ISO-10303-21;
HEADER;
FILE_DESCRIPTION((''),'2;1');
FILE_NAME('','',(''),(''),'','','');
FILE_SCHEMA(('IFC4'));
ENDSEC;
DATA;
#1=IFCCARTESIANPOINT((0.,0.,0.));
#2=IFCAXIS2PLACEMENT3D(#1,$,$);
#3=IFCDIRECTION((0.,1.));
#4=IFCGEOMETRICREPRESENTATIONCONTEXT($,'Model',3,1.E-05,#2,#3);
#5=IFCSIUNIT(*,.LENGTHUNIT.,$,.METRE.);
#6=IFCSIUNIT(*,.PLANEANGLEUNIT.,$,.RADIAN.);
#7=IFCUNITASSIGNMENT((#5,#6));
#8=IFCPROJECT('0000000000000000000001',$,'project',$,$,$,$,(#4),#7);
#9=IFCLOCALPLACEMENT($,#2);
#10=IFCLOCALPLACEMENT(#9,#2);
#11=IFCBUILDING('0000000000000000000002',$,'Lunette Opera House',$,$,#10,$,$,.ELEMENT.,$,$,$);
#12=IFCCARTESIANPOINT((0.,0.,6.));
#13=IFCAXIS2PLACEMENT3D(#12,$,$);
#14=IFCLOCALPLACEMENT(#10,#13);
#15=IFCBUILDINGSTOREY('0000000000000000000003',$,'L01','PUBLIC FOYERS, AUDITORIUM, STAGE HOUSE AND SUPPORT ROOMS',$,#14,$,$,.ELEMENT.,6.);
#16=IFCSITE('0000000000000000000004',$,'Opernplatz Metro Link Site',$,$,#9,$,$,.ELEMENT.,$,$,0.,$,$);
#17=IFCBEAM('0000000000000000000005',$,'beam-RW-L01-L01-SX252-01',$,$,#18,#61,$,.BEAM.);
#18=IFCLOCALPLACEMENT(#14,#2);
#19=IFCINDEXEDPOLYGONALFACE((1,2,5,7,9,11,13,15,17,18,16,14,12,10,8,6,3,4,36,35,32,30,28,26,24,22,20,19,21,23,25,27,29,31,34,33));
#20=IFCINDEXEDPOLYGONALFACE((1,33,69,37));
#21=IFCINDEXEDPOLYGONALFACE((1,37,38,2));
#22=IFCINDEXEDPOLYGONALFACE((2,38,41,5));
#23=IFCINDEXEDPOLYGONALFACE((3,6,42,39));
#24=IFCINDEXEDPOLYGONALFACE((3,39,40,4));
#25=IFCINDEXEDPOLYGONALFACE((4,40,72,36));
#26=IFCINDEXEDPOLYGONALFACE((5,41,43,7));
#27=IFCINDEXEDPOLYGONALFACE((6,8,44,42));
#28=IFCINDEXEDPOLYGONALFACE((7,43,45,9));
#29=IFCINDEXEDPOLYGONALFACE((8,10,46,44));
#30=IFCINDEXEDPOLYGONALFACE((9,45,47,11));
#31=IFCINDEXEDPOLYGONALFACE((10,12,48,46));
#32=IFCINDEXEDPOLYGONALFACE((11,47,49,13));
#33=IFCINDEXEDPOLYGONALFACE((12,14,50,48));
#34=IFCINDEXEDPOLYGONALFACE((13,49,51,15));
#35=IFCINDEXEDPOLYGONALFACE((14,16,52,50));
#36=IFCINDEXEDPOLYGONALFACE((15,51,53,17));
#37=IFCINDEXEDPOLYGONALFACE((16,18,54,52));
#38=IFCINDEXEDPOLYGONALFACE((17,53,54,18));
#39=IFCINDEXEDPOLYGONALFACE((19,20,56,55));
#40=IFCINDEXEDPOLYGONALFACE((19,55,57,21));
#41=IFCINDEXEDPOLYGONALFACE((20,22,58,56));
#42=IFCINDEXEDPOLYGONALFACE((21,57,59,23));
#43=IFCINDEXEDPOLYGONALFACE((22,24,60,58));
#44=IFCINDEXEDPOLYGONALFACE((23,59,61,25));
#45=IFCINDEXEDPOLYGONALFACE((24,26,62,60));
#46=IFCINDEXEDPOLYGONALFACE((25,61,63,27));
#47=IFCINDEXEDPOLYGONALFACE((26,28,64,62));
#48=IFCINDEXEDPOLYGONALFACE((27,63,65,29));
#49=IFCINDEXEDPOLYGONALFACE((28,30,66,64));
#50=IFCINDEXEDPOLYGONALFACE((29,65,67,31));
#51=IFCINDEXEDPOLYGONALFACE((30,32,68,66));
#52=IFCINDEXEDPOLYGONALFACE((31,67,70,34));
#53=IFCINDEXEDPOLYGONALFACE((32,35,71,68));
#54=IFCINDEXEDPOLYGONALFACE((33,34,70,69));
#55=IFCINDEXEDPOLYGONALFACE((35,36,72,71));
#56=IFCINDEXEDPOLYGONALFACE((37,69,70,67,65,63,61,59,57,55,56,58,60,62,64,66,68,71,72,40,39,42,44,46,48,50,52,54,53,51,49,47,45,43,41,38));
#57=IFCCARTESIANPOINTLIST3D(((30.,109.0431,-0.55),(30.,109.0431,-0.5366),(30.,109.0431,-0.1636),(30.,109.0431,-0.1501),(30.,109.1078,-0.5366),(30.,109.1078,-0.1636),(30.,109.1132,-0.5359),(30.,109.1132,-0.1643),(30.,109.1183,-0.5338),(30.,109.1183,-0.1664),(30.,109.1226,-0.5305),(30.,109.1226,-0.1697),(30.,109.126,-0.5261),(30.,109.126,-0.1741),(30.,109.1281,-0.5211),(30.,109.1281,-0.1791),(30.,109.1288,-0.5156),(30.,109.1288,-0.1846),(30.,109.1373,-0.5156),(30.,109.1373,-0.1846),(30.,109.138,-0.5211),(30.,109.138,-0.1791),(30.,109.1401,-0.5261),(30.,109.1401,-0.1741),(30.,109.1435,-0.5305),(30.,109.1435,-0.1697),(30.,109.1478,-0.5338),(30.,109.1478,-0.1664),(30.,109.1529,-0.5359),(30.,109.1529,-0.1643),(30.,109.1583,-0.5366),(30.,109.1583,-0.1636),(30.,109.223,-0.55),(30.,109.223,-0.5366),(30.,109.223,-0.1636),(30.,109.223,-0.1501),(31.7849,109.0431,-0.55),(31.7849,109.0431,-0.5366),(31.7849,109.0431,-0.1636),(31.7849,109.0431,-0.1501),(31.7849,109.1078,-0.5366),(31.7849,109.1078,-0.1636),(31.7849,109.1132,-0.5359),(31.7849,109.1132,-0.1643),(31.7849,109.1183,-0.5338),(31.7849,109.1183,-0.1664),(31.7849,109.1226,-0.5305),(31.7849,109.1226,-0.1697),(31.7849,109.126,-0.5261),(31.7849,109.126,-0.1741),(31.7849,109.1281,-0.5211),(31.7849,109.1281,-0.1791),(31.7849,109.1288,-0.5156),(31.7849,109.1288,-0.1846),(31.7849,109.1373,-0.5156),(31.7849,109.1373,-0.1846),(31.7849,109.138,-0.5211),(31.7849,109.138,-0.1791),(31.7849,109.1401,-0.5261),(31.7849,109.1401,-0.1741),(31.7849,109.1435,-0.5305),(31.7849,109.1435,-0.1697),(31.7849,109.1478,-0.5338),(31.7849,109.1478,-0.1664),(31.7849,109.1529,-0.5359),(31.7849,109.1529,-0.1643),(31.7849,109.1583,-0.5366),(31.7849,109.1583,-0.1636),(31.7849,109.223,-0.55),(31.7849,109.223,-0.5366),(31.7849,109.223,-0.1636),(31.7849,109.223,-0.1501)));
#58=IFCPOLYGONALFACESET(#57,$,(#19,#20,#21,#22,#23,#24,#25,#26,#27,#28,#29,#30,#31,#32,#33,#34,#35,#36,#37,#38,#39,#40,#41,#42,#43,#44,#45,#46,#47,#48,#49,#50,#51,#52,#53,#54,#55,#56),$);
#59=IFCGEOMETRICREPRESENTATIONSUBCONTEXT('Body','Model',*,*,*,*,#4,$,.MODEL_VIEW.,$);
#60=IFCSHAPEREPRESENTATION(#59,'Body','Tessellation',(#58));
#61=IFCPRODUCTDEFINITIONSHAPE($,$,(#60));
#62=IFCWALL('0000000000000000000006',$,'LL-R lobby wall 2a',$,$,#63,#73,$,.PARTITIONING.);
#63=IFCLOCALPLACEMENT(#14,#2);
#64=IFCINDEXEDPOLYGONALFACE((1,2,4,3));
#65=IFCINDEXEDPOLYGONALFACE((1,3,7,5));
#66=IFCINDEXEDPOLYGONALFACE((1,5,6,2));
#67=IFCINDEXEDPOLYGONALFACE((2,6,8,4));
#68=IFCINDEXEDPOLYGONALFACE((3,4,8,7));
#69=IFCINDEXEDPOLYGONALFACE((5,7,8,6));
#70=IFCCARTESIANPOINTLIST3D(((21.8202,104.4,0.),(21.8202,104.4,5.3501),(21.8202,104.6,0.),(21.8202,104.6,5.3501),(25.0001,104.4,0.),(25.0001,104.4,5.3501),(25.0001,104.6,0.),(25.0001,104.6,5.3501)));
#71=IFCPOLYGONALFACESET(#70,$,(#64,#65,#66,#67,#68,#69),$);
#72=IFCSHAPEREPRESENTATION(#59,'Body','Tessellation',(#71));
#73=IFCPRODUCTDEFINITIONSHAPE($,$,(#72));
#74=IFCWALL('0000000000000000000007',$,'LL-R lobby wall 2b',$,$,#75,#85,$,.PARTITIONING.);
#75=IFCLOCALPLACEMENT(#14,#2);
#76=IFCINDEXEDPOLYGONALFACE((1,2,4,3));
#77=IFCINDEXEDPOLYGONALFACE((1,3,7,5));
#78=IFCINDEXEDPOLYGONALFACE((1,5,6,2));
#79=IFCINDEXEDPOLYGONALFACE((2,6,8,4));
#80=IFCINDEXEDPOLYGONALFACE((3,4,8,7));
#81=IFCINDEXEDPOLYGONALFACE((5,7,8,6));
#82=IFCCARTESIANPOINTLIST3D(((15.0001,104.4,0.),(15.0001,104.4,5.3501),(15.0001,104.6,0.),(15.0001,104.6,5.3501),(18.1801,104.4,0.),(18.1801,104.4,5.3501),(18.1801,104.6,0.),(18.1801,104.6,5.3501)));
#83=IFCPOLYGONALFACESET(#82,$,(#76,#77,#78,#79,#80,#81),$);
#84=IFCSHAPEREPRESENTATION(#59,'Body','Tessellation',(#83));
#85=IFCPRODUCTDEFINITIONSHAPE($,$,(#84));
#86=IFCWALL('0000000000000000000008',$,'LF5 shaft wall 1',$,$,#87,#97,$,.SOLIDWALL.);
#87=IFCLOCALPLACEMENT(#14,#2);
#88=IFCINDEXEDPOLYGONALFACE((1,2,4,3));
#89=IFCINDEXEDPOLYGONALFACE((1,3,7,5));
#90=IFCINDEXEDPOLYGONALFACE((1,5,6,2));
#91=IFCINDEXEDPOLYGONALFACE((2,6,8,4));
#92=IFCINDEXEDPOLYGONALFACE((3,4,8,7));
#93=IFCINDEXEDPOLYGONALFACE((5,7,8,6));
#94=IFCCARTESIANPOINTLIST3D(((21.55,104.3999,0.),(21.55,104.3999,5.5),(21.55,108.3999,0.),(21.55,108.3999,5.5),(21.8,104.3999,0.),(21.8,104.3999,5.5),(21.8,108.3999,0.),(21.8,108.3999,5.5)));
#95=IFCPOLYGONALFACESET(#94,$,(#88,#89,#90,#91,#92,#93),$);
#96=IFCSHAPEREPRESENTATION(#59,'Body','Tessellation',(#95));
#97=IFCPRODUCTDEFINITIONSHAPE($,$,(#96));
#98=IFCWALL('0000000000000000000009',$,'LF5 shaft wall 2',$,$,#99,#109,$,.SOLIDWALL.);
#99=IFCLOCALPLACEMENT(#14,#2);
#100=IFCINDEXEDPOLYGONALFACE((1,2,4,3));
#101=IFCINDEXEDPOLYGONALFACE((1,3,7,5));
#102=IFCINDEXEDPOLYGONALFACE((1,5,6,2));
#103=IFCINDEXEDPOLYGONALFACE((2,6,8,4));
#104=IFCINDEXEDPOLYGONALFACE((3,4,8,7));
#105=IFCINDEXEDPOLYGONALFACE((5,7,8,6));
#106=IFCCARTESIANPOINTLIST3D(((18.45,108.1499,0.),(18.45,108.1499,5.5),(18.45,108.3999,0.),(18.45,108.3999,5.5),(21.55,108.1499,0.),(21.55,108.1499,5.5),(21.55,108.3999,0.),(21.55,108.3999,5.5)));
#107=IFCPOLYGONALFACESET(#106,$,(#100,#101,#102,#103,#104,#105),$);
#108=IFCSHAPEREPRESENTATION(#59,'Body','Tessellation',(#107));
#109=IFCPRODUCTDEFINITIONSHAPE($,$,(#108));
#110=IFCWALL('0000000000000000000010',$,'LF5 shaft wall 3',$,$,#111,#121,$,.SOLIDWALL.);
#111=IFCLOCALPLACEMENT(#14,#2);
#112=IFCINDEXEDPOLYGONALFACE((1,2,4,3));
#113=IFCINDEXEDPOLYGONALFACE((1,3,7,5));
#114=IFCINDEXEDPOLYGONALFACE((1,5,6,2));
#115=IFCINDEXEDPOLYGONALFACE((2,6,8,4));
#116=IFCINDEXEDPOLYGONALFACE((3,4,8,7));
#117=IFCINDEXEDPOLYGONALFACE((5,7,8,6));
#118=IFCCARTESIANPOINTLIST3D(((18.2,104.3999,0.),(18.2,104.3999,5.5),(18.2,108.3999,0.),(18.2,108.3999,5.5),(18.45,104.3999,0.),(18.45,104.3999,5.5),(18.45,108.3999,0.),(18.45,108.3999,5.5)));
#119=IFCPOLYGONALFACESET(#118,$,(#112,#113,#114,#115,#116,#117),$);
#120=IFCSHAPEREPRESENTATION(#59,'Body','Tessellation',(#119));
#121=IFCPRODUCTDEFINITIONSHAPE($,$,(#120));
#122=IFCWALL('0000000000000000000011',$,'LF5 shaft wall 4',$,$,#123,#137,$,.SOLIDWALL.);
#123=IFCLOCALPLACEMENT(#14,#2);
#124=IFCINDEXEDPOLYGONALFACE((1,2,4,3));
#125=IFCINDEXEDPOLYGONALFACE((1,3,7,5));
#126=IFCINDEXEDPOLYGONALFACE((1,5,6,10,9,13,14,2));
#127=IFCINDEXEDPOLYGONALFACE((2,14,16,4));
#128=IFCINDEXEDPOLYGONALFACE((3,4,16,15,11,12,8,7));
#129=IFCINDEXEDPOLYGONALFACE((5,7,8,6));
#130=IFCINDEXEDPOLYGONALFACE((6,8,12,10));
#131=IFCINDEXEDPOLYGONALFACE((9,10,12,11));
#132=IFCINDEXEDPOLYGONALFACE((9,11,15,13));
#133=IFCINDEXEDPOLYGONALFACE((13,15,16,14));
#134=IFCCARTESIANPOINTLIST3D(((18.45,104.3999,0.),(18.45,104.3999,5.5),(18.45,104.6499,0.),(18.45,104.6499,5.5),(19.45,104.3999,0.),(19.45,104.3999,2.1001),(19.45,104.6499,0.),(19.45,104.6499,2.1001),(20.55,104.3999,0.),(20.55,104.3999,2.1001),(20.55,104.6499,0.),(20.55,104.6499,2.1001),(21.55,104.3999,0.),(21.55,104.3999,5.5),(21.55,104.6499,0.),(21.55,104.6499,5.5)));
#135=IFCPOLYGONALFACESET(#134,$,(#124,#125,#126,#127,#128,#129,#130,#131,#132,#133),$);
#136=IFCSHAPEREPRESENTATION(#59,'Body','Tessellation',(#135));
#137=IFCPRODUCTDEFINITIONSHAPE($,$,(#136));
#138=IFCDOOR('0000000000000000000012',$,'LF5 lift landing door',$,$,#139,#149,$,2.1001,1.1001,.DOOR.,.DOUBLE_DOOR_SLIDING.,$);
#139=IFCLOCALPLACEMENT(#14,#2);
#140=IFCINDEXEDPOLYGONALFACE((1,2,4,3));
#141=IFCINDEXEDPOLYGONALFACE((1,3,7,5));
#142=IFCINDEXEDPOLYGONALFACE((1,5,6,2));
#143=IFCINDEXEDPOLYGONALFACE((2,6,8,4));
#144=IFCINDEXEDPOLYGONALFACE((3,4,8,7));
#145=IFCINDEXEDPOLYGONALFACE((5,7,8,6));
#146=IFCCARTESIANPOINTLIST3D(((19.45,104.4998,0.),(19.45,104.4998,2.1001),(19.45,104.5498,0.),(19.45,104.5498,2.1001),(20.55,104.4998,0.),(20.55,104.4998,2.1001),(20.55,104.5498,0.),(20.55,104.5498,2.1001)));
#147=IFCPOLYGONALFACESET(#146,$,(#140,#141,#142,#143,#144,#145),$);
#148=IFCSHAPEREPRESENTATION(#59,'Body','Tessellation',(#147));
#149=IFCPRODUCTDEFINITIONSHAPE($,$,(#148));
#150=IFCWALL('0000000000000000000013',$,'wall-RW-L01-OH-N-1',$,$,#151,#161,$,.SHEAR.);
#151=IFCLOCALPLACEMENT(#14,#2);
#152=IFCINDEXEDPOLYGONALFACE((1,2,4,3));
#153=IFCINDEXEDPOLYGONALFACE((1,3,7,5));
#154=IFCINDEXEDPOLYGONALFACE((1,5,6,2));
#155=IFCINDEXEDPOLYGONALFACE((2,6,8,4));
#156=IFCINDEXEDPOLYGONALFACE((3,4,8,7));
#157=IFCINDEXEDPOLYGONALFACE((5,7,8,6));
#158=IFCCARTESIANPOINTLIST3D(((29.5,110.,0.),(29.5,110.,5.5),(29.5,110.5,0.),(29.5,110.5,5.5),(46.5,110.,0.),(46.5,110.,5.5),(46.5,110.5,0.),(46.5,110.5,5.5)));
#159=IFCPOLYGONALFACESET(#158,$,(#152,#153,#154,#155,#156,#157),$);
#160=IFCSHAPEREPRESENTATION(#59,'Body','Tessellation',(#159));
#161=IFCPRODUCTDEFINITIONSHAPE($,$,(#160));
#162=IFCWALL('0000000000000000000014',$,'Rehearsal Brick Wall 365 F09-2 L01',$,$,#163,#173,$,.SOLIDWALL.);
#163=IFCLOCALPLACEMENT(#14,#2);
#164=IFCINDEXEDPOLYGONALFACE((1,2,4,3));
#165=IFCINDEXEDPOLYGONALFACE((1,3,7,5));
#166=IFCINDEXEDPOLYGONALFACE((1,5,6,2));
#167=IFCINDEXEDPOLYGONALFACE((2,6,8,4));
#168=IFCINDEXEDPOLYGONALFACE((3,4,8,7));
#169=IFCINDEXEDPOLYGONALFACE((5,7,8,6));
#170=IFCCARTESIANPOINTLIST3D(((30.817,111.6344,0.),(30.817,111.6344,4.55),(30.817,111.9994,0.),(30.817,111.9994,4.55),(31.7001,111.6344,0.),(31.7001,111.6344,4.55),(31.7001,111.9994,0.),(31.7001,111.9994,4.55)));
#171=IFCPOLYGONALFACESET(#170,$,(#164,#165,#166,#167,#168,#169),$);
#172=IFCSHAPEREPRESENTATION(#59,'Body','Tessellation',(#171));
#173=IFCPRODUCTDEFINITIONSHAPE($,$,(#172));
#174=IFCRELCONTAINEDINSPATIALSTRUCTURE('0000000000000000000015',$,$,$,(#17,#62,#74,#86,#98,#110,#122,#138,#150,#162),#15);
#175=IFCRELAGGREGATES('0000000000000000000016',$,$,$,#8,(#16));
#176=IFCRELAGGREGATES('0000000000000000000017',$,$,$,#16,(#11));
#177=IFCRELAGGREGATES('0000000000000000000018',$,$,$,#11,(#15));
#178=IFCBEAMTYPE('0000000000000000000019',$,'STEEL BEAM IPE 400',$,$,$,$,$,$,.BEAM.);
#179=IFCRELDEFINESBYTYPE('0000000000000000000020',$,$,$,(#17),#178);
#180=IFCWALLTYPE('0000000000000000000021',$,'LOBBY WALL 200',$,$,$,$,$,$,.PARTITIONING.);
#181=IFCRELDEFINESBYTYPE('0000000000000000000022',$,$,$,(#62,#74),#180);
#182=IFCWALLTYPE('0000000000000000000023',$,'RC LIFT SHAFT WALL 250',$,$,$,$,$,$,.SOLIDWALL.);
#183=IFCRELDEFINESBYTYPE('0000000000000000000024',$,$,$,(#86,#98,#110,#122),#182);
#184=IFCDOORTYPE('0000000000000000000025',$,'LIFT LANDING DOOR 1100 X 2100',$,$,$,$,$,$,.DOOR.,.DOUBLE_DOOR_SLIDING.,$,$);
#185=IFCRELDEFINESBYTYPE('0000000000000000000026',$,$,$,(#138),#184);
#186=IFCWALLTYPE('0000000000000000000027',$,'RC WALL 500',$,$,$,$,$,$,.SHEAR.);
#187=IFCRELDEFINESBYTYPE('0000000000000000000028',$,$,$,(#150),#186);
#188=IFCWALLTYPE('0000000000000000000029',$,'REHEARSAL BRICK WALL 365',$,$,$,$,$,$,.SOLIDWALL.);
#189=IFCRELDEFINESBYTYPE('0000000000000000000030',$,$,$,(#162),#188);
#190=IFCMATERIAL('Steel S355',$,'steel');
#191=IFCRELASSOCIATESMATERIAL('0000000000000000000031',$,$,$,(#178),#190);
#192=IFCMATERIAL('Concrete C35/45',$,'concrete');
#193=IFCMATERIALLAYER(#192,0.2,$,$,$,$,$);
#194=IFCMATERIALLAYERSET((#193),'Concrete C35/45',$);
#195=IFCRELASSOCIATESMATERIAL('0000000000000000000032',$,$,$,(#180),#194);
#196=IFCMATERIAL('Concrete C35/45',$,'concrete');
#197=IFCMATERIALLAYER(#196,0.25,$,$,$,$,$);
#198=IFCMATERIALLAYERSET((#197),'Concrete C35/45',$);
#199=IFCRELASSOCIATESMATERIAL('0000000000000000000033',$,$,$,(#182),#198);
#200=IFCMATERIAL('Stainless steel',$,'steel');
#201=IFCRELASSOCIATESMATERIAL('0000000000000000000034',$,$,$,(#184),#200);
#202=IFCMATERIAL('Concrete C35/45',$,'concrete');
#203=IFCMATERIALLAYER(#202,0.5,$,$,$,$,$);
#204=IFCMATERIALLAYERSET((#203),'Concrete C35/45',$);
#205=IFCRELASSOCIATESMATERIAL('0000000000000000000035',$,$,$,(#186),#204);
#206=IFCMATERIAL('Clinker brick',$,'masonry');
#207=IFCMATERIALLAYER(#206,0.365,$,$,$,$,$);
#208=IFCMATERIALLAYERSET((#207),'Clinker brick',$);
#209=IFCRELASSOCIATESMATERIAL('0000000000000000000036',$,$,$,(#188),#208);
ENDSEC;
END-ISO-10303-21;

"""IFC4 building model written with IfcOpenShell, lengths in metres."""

from ifc_helpers import new_model, si_unit, direction, frame, frame_2d, origin, origin_2d, place, context, subcontext, project, spatial, rectangle, i_section, extrude, material, layer, layer_set, material_profile, profile_set, type_object, element, fill, save


model = new_model("IFC4")

# Units and contexts
model_context = context("Model", 3, precision=1e-05, world=origin(), true_north=direction((0.0, 1.0)))
body_context = subcontext(model_context, "Body", "Model", "MODEL_VIEW")
ifc_project = project(units=[si_unit("LENGTHUNIT", "METRE"), si_unit("PLANEANGLEUNIT", "RADIAN")], contexts=[model_context])

# Site, building, storey
site_placement = place(None, origin())
site = spatial("IfcSite", under=ifc_project, at=site_placement, Name="Opernplatz Metro Link Site", CompositionType="ELEMENT", RefElevation=0.0)
building_placement = place(site_placement, origin())
building = spatial("IfcBuilding", under=site, at=building_placement, Name="Lunette Opera House", CompositionType="ELEMENT")
storey_placement = place(building_placement, frame((0.0, 0.0, 6.0)))
storey = spatial("IfcBuildingStorey", under=building, at=storey_placement, Name="L01", Description="PUBLIC FOYERS, AUDITORIUM, STAGE HOUSE AND SUPPORT ROOMS", CompositionType="ELEMENT", Elevation=6.0)

# Beam
ifc_material_1 = material(Name="Steel S355", Category="steel")
ifc_material_profile_1 = material_profile(ifc_material_1, i_section(OverallWidth=0.1799, OverallDepth=0.3999, WebThickness=0.0085, FlangeThickness=0.0134, FilletRadius=0.021, at=origin_2d()), Name="IPE 400")
ifc_profile_set_1 = profile_set([ifc_material_profile_1], Name="Steel S355")
beam_type_1 = type_object("IfcBeamType", Name="STEEL BEAM IPE 400", PredefinedType="BEAM", material=ifc_profile_set_1)
beam_1_placement = place(storey_placement, frame((30.0, 109.1331, -0.3501), z_axis=(1.0, 0.0, 0.0), x_axis=(0.0, 1.0, 0.0)))
element("IfcBeam", 1, at=beam_1_placement, inside=storey, type_object=beam_type_1, Name="beam-RW-L01-L01-SX252-01", PredefinedType="BEAM", context=body_context, shape_type="SweptSolid", body=[
    extrude(i_section(OverallWidth=0.1799, OverallDepth=0.3999, WebThickness=0.0085, FlangeThickness=0.0134, FilletRadius=0.021, at=origin_2d()), origin(), (0.0, 0.0, 1.0), 1.7849),
])

# Walls
ifc_material_2 = material(Name="Concrete C35/45", Category="concrete")
ifc_layer_1 = layer(ifc_material_2, 0.2)
ifc_layer_set_1 = layer_set([ifc_layer_1], Name="Concrete C35/45")
wall_type_1 = type_object("IfcWallType", Name="LOBBY WALL 200", PredefinedType="PARTITIONING", material=ifc_layer_set_1)
for number, where, z_axis, x_axis, name in (
    (2, (25.0, 104.5, 0.0), (0.0, 0.0, 1.0), (-1.0, 0.0, 0.0), "LL-R lobby wall 2a"),
    (3, (18.1799, 104.5, 0.0), (0.0, 0.0, 1.0), (-1.0, 0.0, 0.0), "LL-R lobby wall 2b"),
):
    element("IfcWall", number, at=place(storey_placement, frame(where, z_axis=z_axis, x_axis=x_axis)), inside=storey, type_object=wall_type_1, Name=name, PredefinedType="PARTITIONING", context=body_context, shape_type="SweptSolid", body=[
        extrude(rectangle(XDim=3.1799, YDim=0.2, at=frame_2d((1.5898, 0.0))), origin(), (0.0, 0.0, 1.0), 5.3501),
    ])
ifc_material_3 = material(Name="Concrete C35/45", Category="concrete")
ifc_layer_2 = layer(ifc_material_3, 0.25)
ifc_layer_set_2 = layer_set([ifc_layer_2], Name="Concrete C35/45")
wall_type_2 = type_object("IfcWallType", Name="RC LIFT SHAFT WALL 250", PredefinedType="SOLIDWALL", material=ifc_layer_set_2)
wall_1_placement = place(storey_placement, frame((21.675, 104.3999, 0.0), z_axis=(0.0, 0.0, 1.0), x_axis=(0.0, 1.0, 0.0)))
element("IfcWall", 4, at=wall_1_placement, inside=storey, type_object=wall_type_2, Name="LF5 shaft wall 1", PredefinedType="SOLIDWALL", context=body_context, shape_type="SweptSolid", body=[
    extrude(rectangle(XDim=4.0, YDim=0.25, at=frame_2d((2.0, 0.0))), origin(), (0.0, 0.0, 1.0), 5.5),
])
wall_2_placement = place(storey_placement, frame((21.55, 108.2749, 0.0), z_axis=(0.0, 0.0, 1.0), x_axis=(-1.0, 0.0, 0.0)))
element("IfcWall", 5, at=wall_2_placement, inside=storey, type_object=wall_type_2, Name="LF5 shaft wall 2", PredefinedType="SOLIDWALL", context=body_context, shape_type="SweptSolid", body=[
    extrude(rectangle(XDim=3.1001, YDim=0.25, at=frame_2d((1.55, 0.0))), origin(), (0.0, 0.0, 1.0), 5.5),
])
wall_3_placement = place(storey_placement, frame((18.325, 108.3999, 0.0), z_axis=(0.0, 0.0, 1.0), x_axis=(0.0, -1.0, 0.0)))
element("IfcWall", 6, at=wall_3_placement, inside=storey, type_object=wall_type_2, Name="LF5 shaft wall 3", PredefinedType="SOLIDWALL", context=body_context, shape_type="SweptSolid", body=[
    extrude(rectangle(XDim=4.0, YDim=0.25, at=frame_2d((2.0, 0.0))), origin(), (0.0, 0.0, 1.0), 5.5),
])

# Wall, opening, door
wall_4_placement = place(storey_placement, frame((18.45, 104.5249, 0.0), z_axis=(0.0, 0.0, 1.0), x_axis=(1.0, 0.0, 0.0)))
wall_4 = element("IfcWall", 7, at=wall_4_placement, inside=storey, type_object=wall_type_2, Name="LF5 shaft wall 4", PredefinedType="SOLIDWALL", context=body_context, shape_type="SweptSolid", body=[
    extrude(rectangle(XDim=3.1001, YDim=0.25, at=frame_2d((1.55, 0.0))), origin(), (0.0, 0.0, 1.0), 5.5),
])
opening_1_placement = place(wall_4_placement, frame((1.0, 0.0, 0.0)))
opening_1 = element("IfcOpeningElement", 8, at=opening_1_placement, cuts=wall_4, PredefinedType="OPENING", context=body_context, shape_type="SweptSolid", body=[
    extrude(rectangle(XDim=1.1001, YDim=2.1001, at=frame_2d((0.55, 1.05))), frame((0.0, 0.137, 0.0), z_axis=(0.0, -1.0, 0.0), x_axis=(1.0, 0.0, 0.0)), (0.0, 0.0, 1.0), 0.2739),
])
ifc_material_4 = material(Name="Stainless steel", Category="steel")
door_type = type_object("IfcDoorType", Name="LIFT LANDING DOOR 1100 X 2100", OperationType="DOUBLE_DOOR_SLIDING", PredefinedType="DOOR", material=ifc_material_4)
door_placement = place(opening_1_placement, origin())
door = element("IfcDoor", 9, at=door_placement, inside=storey, type_object=door_type, Name="LF5 lift landing door", OperationType="DOUBLE_DOOR_SLIDING", OverallHeight=2.1001, OverallWidth=1.1001, PredefinedType="DOOR", context=body_context, shape_type="SweptSolid", body=[
    extrude(rectangle(XDim=1.1001, YDim=2.1001, at=frame_2d((0.55, 1.05))), frame((0.0, 0.0249, 0.0), z_axis=(0.0, -1.0, 0.0), x_axis=(1.0, 0.0, 0.0)), (0.0, 0.0, 1.0), 0.05),
])
fill(opening_1, door)

# Walls
ifc_material_5 = material(Name="Concrete C35/45", Category="concrete")
ifc_layer_3 = layer(ifc_material_5, 0.5)
ifc_layer_set_3 = layer_set([ifc_layer_3], Name="Concrete C35/45")
wall_type_3 = type_object("IfcWallType", Name="RC WALL 500", PredefinedType="SHEAR", material=ifc_layer_set_3)
wall_5_placement = place(storey_placement, frame((29.5, 110.25, 0.0), z_axis=(0.0, 0.0, 1.0), x_axis=(1.0, 0.0, 0.0)))
element("IfcWall", 10, at=wall_5_placement, inside=storey, type_object=wall_type_3, Name="wall-RW-L01-OH-N-1", PredefinedType="SHEAR", context=body_context, shape_type="SweptSolid", body=[
    extrude(rectangle(XDim=17.0, YDim=0.5, at=frame_2d((8.5, 0.0))), origin(), (0.0, 0.0, 1.0), 5.5),
])
ifc_material_6 = material(Name="Clinker brick", Category="masonry")
ifc_layer_4 = layer(ifc_material_6, 0.365)
ifc_layer_set_4 = layer_set([ifc_layer_4], Name="Clinker brick")
wall_type_4 = type_object("IfcWallType", Name="REHEARSAL BRICK WALL 365", PredefinedType="SOLIDWALL", material=ifc_layer_set_4)
wall_6_placement = place(storey_placement, frame((31.7, 111.8169, 0.0), z_axis=(0.0, 0.0, 1.0), x_axis=(-1.0, 0.0, 0.0)))
element("IfcWall", 11, at=wall_6_placement, inside=storey, type_object=wall_type_4, Name="Rehearsal Brick Wall 365 F09-2 L01", PredefinedType="SOLIDWALL", context=body_context, shape_type="SweptSolid", body=[
    extrude(rectangle(XDim=0.8831, YDim=0.365, at=frame_2d((0.4414, 0.0))), origin(), (0.0, 0.0, 1.0), 4.55),
])

save(model, "model.ifc")
